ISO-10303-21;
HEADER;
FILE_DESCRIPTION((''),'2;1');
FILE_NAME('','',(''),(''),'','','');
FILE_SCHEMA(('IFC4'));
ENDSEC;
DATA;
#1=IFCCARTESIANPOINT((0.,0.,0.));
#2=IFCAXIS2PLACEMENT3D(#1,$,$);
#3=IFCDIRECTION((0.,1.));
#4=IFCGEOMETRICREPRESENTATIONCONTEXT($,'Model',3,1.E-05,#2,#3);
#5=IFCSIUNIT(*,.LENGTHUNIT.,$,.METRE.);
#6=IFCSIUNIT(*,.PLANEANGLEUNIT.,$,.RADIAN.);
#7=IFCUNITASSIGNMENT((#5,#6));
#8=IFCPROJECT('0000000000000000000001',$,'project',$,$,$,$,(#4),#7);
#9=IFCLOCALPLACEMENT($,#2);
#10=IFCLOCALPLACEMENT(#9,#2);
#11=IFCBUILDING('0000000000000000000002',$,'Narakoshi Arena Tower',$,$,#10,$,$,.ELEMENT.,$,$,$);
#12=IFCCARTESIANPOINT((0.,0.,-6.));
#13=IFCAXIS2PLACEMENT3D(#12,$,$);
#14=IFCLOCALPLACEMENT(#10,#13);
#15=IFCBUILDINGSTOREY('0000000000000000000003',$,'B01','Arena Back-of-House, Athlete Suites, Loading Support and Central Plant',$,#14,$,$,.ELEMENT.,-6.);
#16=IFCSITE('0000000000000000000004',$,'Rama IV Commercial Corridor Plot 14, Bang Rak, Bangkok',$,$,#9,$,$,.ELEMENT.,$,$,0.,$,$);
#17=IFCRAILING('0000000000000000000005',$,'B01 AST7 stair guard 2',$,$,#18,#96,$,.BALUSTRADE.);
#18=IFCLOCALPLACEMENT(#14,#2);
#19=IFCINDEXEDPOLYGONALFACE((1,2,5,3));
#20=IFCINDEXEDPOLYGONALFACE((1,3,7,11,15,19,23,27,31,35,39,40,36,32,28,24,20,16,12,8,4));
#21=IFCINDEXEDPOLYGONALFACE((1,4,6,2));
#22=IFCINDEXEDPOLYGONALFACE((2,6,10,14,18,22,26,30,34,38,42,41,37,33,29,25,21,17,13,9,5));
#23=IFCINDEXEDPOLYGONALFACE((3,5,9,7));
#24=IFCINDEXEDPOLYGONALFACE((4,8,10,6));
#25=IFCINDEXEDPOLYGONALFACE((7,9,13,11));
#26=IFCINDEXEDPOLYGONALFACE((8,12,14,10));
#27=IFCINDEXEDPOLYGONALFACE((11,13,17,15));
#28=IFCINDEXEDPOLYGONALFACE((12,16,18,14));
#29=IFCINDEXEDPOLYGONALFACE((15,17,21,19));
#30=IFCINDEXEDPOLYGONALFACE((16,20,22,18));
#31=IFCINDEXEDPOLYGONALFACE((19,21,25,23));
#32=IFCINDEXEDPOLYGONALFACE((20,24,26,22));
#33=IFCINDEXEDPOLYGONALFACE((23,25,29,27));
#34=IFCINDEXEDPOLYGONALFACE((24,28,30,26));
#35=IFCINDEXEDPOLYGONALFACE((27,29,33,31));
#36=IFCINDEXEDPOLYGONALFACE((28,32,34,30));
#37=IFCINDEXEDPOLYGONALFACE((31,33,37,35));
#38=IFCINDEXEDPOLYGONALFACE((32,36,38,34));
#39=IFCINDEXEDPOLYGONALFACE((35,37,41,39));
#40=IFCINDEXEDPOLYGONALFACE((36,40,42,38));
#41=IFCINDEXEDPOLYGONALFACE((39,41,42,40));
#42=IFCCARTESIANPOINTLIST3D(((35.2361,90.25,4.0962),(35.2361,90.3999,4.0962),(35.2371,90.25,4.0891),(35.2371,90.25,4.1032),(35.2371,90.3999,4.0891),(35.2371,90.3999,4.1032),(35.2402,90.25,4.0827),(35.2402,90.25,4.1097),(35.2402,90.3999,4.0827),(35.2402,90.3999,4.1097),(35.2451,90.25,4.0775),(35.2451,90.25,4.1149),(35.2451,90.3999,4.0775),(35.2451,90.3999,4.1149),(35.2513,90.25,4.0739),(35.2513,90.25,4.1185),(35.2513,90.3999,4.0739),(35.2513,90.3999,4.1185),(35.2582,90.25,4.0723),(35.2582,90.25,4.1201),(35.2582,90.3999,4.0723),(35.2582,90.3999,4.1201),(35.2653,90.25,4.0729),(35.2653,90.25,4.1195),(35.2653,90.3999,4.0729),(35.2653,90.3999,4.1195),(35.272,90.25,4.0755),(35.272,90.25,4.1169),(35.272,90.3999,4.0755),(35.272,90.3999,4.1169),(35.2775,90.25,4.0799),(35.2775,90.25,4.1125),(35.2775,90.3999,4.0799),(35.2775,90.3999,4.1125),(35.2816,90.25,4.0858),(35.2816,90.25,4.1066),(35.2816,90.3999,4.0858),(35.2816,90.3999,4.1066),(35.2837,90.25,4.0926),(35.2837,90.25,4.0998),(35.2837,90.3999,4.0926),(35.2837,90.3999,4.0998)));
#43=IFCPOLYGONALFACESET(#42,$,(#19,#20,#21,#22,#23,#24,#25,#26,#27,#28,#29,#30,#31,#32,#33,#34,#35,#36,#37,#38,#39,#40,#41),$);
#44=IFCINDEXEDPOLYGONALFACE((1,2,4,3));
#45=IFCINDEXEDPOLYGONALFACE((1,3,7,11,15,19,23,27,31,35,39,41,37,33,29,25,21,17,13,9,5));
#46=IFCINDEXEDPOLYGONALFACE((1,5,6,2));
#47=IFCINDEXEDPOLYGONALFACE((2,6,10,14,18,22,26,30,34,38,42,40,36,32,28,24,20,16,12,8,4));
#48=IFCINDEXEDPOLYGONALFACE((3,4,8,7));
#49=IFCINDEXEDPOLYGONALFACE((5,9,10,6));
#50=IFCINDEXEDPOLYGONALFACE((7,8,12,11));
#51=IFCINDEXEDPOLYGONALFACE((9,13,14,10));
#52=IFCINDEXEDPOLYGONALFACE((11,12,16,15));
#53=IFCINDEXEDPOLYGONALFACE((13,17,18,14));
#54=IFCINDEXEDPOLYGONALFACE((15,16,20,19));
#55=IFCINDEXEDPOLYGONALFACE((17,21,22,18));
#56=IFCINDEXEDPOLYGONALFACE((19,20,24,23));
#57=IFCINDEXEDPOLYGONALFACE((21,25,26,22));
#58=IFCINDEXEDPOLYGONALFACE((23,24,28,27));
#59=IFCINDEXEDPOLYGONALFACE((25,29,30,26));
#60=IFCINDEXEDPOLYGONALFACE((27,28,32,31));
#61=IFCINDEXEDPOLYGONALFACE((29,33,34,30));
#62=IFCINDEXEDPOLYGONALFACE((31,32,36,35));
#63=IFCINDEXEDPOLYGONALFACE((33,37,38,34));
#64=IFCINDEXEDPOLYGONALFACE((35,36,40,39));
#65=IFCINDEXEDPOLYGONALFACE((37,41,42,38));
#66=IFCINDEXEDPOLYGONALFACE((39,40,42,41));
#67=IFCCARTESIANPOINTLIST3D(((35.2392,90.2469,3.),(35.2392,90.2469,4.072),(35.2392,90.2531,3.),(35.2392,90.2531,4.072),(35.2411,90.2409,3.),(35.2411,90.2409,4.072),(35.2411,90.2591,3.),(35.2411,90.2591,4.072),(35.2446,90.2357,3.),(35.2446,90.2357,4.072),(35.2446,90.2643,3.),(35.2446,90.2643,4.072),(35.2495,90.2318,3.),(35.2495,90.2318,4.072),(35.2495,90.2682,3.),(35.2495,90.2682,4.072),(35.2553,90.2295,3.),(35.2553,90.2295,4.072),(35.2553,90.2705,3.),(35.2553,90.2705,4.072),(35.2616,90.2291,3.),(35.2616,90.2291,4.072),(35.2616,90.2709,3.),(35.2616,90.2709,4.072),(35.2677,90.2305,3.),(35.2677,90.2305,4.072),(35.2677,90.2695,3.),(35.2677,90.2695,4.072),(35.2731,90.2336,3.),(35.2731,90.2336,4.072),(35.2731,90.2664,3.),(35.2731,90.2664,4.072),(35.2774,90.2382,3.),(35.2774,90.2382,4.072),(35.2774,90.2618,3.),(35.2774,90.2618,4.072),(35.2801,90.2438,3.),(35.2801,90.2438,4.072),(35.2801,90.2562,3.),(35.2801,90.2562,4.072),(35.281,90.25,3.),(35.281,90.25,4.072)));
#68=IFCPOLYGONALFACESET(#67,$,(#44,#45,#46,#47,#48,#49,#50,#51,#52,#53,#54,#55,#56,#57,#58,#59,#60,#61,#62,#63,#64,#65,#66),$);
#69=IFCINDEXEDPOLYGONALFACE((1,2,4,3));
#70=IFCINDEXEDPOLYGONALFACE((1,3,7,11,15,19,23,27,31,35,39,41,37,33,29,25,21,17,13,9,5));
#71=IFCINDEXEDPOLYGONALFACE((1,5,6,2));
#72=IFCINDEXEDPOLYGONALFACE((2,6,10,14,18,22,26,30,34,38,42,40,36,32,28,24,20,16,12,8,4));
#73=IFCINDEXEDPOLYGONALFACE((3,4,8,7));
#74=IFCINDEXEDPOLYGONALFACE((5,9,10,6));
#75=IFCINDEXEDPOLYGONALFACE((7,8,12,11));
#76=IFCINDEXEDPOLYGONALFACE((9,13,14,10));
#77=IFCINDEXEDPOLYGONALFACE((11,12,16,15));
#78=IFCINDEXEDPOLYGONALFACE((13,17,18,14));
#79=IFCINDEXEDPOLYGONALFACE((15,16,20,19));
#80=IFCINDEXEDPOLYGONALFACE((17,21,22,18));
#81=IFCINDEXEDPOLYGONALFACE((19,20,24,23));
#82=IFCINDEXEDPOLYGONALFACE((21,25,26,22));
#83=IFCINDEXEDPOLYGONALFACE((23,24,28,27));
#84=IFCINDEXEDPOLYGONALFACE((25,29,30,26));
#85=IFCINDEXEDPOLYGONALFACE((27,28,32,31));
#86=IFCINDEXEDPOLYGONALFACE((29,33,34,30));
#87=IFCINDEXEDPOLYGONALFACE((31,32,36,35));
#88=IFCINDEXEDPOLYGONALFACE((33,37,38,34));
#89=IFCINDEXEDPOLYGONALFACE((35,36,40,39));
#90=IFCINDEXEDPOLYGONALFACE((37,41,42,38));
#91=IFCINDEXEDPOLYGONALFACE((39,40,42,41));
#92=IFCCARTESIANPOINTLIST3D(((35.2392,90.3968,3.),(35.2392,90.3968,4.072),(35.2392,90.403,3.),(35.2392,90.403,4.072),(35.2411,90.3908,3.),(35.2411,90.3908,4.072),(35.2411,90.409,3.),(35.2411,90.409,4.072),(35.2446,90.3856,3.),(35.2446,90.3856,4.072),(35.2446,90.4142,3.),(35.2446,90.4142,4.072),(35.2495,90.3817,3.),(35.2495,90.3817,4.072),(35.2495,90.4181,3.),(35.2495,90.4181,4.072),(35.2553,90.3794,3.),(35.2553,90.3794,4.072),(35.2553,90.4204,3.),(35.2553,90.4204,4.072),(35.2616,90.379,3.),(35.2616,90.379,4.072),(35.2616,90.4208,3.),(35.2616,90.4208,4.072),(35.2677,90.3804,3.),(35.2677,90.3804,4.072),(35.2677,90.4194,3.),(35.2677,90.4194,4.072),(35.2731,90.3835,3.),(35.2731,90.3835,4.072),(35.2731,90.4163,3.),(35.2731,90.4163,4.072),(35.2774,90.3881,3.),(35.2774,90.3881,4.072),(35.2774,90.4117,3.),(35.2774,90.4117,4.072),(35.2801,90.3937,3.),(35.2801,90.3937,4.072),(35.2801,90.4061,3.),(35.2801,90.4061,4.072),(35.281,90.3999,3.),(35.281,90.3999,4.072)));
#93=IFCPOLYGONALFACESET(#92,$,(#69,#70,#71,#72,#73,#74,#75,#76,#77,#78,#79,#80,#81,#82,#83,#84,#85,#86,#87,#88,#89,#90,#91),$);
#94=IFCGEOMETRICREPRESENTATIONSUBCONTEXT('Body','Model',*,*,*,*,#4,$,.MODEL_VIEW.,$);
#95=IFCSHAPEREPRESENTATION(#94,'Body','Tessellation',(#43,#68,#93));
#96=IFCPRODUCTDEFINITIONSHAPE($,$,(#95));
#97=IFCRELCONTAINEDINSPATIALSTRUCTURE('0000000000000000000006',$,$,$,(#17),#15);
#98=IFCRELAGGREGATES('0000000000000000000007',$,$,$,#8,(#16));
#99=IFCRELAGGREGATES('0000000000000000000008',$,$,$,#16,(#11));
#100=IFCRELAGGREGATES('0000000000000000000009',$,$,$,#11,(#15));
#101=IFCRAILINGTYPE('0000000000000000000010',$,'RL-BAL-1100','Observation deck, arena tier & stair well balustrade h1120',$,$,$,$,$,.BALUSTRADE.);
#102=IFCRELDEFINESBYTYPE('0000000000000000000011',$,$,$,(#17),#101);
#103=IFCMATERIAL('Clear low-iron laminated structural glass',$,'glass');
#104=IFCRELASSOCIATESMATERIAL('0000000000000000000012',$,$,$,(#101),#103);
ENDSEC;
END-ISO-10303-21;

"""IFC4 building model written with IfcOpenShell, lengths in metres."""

from ifc_helpers import new_model, si_unit, direction, frame, origin, origin_2d, place, context, subcontext, project, spatial, circle, extrude, material, type_object, element, save


model = new_model("IFC4")

# Units and contexts
model_context = context("Model", 3, precision=1e-05, world=origin(), true_north=direction((0.0, 1.0)))
body_context = subcontext(model_context, "Body", "Model", "MODEL_VIEW")
ifc_project = project(units=[si_unit("LENGTHUNIT", "METRE"), si_unit("PLANEANGLEUNIT", "RADIAN")], contexts=[model_context])

# Site, building, storey
site_placement = place(None, origin())
site = spatial("IfcSite", under=ifc_project, at=site_placement, Name="Rama IV Commercial Corridor Plot 14, Bang Rak, Bangkok", CompositionType="ELEMENT", RefElevation=0.0)
building_placement = place(site_placement, origin())
building = spatial("IfcBuilding", under=site, at=building_placement, Name="Narakoshi Arena Tower", CompositionType="ELEMENT")
storey_placement = place(building_placement, frame((0.0, 0.0, -6.0)))
storey = spatial("IfcBuildingStorey", under=building, at=storey_placement, Name="B01", Description="Arena Back-of-House, Athlete Suites, Loading Support and Central Plant", CompositionType="ELEMENT", Elevation=-6.0)

# Railing
ifc_material_1 = material(Name="Clear low-iron laminated structural glass", Category="glass")
railing_type_1 = type_object("IfcRailingType", Name="RL-BAL-1100", Description="Observation deck, arena tier & stair well balustrade h1120", PredefinedType="BALUSTRADE", material=ifc_material_1)
railing_1_placement = place(storey_placement, frame((35.26, 90.25, 3.0)))
element("IfcRailing", 1, at=railing_1_placement, inside=storey, type_object=railing_type_1, Name="B01 AST7 stair guard 2", PredefinedType="BALUSTRADE", context=body_context, shape_type="SweptSolid", body=[
    extrude(circle(Radius=0.0239, at=origin_2d()), frame((0.0, 0.0, 1.0962), z_axis=(0.0, 1.0, 0.0), x_axis=(-1.0, 0.0, 0.0)), (0.0, 0.0, 1.0), 0.1499),
    extrude(circle(Radius=0.021, at=origin_2d()), origin(), (0.0, 0.0, 1.0), 1.072),
    extrude(circle(Radius=0.021, at=origin_2d()), frame((0.0, 0.1499, 0.0)), (0.0, 0.0, 1.0), 1.072),
])

save(model, "model.ifc")
